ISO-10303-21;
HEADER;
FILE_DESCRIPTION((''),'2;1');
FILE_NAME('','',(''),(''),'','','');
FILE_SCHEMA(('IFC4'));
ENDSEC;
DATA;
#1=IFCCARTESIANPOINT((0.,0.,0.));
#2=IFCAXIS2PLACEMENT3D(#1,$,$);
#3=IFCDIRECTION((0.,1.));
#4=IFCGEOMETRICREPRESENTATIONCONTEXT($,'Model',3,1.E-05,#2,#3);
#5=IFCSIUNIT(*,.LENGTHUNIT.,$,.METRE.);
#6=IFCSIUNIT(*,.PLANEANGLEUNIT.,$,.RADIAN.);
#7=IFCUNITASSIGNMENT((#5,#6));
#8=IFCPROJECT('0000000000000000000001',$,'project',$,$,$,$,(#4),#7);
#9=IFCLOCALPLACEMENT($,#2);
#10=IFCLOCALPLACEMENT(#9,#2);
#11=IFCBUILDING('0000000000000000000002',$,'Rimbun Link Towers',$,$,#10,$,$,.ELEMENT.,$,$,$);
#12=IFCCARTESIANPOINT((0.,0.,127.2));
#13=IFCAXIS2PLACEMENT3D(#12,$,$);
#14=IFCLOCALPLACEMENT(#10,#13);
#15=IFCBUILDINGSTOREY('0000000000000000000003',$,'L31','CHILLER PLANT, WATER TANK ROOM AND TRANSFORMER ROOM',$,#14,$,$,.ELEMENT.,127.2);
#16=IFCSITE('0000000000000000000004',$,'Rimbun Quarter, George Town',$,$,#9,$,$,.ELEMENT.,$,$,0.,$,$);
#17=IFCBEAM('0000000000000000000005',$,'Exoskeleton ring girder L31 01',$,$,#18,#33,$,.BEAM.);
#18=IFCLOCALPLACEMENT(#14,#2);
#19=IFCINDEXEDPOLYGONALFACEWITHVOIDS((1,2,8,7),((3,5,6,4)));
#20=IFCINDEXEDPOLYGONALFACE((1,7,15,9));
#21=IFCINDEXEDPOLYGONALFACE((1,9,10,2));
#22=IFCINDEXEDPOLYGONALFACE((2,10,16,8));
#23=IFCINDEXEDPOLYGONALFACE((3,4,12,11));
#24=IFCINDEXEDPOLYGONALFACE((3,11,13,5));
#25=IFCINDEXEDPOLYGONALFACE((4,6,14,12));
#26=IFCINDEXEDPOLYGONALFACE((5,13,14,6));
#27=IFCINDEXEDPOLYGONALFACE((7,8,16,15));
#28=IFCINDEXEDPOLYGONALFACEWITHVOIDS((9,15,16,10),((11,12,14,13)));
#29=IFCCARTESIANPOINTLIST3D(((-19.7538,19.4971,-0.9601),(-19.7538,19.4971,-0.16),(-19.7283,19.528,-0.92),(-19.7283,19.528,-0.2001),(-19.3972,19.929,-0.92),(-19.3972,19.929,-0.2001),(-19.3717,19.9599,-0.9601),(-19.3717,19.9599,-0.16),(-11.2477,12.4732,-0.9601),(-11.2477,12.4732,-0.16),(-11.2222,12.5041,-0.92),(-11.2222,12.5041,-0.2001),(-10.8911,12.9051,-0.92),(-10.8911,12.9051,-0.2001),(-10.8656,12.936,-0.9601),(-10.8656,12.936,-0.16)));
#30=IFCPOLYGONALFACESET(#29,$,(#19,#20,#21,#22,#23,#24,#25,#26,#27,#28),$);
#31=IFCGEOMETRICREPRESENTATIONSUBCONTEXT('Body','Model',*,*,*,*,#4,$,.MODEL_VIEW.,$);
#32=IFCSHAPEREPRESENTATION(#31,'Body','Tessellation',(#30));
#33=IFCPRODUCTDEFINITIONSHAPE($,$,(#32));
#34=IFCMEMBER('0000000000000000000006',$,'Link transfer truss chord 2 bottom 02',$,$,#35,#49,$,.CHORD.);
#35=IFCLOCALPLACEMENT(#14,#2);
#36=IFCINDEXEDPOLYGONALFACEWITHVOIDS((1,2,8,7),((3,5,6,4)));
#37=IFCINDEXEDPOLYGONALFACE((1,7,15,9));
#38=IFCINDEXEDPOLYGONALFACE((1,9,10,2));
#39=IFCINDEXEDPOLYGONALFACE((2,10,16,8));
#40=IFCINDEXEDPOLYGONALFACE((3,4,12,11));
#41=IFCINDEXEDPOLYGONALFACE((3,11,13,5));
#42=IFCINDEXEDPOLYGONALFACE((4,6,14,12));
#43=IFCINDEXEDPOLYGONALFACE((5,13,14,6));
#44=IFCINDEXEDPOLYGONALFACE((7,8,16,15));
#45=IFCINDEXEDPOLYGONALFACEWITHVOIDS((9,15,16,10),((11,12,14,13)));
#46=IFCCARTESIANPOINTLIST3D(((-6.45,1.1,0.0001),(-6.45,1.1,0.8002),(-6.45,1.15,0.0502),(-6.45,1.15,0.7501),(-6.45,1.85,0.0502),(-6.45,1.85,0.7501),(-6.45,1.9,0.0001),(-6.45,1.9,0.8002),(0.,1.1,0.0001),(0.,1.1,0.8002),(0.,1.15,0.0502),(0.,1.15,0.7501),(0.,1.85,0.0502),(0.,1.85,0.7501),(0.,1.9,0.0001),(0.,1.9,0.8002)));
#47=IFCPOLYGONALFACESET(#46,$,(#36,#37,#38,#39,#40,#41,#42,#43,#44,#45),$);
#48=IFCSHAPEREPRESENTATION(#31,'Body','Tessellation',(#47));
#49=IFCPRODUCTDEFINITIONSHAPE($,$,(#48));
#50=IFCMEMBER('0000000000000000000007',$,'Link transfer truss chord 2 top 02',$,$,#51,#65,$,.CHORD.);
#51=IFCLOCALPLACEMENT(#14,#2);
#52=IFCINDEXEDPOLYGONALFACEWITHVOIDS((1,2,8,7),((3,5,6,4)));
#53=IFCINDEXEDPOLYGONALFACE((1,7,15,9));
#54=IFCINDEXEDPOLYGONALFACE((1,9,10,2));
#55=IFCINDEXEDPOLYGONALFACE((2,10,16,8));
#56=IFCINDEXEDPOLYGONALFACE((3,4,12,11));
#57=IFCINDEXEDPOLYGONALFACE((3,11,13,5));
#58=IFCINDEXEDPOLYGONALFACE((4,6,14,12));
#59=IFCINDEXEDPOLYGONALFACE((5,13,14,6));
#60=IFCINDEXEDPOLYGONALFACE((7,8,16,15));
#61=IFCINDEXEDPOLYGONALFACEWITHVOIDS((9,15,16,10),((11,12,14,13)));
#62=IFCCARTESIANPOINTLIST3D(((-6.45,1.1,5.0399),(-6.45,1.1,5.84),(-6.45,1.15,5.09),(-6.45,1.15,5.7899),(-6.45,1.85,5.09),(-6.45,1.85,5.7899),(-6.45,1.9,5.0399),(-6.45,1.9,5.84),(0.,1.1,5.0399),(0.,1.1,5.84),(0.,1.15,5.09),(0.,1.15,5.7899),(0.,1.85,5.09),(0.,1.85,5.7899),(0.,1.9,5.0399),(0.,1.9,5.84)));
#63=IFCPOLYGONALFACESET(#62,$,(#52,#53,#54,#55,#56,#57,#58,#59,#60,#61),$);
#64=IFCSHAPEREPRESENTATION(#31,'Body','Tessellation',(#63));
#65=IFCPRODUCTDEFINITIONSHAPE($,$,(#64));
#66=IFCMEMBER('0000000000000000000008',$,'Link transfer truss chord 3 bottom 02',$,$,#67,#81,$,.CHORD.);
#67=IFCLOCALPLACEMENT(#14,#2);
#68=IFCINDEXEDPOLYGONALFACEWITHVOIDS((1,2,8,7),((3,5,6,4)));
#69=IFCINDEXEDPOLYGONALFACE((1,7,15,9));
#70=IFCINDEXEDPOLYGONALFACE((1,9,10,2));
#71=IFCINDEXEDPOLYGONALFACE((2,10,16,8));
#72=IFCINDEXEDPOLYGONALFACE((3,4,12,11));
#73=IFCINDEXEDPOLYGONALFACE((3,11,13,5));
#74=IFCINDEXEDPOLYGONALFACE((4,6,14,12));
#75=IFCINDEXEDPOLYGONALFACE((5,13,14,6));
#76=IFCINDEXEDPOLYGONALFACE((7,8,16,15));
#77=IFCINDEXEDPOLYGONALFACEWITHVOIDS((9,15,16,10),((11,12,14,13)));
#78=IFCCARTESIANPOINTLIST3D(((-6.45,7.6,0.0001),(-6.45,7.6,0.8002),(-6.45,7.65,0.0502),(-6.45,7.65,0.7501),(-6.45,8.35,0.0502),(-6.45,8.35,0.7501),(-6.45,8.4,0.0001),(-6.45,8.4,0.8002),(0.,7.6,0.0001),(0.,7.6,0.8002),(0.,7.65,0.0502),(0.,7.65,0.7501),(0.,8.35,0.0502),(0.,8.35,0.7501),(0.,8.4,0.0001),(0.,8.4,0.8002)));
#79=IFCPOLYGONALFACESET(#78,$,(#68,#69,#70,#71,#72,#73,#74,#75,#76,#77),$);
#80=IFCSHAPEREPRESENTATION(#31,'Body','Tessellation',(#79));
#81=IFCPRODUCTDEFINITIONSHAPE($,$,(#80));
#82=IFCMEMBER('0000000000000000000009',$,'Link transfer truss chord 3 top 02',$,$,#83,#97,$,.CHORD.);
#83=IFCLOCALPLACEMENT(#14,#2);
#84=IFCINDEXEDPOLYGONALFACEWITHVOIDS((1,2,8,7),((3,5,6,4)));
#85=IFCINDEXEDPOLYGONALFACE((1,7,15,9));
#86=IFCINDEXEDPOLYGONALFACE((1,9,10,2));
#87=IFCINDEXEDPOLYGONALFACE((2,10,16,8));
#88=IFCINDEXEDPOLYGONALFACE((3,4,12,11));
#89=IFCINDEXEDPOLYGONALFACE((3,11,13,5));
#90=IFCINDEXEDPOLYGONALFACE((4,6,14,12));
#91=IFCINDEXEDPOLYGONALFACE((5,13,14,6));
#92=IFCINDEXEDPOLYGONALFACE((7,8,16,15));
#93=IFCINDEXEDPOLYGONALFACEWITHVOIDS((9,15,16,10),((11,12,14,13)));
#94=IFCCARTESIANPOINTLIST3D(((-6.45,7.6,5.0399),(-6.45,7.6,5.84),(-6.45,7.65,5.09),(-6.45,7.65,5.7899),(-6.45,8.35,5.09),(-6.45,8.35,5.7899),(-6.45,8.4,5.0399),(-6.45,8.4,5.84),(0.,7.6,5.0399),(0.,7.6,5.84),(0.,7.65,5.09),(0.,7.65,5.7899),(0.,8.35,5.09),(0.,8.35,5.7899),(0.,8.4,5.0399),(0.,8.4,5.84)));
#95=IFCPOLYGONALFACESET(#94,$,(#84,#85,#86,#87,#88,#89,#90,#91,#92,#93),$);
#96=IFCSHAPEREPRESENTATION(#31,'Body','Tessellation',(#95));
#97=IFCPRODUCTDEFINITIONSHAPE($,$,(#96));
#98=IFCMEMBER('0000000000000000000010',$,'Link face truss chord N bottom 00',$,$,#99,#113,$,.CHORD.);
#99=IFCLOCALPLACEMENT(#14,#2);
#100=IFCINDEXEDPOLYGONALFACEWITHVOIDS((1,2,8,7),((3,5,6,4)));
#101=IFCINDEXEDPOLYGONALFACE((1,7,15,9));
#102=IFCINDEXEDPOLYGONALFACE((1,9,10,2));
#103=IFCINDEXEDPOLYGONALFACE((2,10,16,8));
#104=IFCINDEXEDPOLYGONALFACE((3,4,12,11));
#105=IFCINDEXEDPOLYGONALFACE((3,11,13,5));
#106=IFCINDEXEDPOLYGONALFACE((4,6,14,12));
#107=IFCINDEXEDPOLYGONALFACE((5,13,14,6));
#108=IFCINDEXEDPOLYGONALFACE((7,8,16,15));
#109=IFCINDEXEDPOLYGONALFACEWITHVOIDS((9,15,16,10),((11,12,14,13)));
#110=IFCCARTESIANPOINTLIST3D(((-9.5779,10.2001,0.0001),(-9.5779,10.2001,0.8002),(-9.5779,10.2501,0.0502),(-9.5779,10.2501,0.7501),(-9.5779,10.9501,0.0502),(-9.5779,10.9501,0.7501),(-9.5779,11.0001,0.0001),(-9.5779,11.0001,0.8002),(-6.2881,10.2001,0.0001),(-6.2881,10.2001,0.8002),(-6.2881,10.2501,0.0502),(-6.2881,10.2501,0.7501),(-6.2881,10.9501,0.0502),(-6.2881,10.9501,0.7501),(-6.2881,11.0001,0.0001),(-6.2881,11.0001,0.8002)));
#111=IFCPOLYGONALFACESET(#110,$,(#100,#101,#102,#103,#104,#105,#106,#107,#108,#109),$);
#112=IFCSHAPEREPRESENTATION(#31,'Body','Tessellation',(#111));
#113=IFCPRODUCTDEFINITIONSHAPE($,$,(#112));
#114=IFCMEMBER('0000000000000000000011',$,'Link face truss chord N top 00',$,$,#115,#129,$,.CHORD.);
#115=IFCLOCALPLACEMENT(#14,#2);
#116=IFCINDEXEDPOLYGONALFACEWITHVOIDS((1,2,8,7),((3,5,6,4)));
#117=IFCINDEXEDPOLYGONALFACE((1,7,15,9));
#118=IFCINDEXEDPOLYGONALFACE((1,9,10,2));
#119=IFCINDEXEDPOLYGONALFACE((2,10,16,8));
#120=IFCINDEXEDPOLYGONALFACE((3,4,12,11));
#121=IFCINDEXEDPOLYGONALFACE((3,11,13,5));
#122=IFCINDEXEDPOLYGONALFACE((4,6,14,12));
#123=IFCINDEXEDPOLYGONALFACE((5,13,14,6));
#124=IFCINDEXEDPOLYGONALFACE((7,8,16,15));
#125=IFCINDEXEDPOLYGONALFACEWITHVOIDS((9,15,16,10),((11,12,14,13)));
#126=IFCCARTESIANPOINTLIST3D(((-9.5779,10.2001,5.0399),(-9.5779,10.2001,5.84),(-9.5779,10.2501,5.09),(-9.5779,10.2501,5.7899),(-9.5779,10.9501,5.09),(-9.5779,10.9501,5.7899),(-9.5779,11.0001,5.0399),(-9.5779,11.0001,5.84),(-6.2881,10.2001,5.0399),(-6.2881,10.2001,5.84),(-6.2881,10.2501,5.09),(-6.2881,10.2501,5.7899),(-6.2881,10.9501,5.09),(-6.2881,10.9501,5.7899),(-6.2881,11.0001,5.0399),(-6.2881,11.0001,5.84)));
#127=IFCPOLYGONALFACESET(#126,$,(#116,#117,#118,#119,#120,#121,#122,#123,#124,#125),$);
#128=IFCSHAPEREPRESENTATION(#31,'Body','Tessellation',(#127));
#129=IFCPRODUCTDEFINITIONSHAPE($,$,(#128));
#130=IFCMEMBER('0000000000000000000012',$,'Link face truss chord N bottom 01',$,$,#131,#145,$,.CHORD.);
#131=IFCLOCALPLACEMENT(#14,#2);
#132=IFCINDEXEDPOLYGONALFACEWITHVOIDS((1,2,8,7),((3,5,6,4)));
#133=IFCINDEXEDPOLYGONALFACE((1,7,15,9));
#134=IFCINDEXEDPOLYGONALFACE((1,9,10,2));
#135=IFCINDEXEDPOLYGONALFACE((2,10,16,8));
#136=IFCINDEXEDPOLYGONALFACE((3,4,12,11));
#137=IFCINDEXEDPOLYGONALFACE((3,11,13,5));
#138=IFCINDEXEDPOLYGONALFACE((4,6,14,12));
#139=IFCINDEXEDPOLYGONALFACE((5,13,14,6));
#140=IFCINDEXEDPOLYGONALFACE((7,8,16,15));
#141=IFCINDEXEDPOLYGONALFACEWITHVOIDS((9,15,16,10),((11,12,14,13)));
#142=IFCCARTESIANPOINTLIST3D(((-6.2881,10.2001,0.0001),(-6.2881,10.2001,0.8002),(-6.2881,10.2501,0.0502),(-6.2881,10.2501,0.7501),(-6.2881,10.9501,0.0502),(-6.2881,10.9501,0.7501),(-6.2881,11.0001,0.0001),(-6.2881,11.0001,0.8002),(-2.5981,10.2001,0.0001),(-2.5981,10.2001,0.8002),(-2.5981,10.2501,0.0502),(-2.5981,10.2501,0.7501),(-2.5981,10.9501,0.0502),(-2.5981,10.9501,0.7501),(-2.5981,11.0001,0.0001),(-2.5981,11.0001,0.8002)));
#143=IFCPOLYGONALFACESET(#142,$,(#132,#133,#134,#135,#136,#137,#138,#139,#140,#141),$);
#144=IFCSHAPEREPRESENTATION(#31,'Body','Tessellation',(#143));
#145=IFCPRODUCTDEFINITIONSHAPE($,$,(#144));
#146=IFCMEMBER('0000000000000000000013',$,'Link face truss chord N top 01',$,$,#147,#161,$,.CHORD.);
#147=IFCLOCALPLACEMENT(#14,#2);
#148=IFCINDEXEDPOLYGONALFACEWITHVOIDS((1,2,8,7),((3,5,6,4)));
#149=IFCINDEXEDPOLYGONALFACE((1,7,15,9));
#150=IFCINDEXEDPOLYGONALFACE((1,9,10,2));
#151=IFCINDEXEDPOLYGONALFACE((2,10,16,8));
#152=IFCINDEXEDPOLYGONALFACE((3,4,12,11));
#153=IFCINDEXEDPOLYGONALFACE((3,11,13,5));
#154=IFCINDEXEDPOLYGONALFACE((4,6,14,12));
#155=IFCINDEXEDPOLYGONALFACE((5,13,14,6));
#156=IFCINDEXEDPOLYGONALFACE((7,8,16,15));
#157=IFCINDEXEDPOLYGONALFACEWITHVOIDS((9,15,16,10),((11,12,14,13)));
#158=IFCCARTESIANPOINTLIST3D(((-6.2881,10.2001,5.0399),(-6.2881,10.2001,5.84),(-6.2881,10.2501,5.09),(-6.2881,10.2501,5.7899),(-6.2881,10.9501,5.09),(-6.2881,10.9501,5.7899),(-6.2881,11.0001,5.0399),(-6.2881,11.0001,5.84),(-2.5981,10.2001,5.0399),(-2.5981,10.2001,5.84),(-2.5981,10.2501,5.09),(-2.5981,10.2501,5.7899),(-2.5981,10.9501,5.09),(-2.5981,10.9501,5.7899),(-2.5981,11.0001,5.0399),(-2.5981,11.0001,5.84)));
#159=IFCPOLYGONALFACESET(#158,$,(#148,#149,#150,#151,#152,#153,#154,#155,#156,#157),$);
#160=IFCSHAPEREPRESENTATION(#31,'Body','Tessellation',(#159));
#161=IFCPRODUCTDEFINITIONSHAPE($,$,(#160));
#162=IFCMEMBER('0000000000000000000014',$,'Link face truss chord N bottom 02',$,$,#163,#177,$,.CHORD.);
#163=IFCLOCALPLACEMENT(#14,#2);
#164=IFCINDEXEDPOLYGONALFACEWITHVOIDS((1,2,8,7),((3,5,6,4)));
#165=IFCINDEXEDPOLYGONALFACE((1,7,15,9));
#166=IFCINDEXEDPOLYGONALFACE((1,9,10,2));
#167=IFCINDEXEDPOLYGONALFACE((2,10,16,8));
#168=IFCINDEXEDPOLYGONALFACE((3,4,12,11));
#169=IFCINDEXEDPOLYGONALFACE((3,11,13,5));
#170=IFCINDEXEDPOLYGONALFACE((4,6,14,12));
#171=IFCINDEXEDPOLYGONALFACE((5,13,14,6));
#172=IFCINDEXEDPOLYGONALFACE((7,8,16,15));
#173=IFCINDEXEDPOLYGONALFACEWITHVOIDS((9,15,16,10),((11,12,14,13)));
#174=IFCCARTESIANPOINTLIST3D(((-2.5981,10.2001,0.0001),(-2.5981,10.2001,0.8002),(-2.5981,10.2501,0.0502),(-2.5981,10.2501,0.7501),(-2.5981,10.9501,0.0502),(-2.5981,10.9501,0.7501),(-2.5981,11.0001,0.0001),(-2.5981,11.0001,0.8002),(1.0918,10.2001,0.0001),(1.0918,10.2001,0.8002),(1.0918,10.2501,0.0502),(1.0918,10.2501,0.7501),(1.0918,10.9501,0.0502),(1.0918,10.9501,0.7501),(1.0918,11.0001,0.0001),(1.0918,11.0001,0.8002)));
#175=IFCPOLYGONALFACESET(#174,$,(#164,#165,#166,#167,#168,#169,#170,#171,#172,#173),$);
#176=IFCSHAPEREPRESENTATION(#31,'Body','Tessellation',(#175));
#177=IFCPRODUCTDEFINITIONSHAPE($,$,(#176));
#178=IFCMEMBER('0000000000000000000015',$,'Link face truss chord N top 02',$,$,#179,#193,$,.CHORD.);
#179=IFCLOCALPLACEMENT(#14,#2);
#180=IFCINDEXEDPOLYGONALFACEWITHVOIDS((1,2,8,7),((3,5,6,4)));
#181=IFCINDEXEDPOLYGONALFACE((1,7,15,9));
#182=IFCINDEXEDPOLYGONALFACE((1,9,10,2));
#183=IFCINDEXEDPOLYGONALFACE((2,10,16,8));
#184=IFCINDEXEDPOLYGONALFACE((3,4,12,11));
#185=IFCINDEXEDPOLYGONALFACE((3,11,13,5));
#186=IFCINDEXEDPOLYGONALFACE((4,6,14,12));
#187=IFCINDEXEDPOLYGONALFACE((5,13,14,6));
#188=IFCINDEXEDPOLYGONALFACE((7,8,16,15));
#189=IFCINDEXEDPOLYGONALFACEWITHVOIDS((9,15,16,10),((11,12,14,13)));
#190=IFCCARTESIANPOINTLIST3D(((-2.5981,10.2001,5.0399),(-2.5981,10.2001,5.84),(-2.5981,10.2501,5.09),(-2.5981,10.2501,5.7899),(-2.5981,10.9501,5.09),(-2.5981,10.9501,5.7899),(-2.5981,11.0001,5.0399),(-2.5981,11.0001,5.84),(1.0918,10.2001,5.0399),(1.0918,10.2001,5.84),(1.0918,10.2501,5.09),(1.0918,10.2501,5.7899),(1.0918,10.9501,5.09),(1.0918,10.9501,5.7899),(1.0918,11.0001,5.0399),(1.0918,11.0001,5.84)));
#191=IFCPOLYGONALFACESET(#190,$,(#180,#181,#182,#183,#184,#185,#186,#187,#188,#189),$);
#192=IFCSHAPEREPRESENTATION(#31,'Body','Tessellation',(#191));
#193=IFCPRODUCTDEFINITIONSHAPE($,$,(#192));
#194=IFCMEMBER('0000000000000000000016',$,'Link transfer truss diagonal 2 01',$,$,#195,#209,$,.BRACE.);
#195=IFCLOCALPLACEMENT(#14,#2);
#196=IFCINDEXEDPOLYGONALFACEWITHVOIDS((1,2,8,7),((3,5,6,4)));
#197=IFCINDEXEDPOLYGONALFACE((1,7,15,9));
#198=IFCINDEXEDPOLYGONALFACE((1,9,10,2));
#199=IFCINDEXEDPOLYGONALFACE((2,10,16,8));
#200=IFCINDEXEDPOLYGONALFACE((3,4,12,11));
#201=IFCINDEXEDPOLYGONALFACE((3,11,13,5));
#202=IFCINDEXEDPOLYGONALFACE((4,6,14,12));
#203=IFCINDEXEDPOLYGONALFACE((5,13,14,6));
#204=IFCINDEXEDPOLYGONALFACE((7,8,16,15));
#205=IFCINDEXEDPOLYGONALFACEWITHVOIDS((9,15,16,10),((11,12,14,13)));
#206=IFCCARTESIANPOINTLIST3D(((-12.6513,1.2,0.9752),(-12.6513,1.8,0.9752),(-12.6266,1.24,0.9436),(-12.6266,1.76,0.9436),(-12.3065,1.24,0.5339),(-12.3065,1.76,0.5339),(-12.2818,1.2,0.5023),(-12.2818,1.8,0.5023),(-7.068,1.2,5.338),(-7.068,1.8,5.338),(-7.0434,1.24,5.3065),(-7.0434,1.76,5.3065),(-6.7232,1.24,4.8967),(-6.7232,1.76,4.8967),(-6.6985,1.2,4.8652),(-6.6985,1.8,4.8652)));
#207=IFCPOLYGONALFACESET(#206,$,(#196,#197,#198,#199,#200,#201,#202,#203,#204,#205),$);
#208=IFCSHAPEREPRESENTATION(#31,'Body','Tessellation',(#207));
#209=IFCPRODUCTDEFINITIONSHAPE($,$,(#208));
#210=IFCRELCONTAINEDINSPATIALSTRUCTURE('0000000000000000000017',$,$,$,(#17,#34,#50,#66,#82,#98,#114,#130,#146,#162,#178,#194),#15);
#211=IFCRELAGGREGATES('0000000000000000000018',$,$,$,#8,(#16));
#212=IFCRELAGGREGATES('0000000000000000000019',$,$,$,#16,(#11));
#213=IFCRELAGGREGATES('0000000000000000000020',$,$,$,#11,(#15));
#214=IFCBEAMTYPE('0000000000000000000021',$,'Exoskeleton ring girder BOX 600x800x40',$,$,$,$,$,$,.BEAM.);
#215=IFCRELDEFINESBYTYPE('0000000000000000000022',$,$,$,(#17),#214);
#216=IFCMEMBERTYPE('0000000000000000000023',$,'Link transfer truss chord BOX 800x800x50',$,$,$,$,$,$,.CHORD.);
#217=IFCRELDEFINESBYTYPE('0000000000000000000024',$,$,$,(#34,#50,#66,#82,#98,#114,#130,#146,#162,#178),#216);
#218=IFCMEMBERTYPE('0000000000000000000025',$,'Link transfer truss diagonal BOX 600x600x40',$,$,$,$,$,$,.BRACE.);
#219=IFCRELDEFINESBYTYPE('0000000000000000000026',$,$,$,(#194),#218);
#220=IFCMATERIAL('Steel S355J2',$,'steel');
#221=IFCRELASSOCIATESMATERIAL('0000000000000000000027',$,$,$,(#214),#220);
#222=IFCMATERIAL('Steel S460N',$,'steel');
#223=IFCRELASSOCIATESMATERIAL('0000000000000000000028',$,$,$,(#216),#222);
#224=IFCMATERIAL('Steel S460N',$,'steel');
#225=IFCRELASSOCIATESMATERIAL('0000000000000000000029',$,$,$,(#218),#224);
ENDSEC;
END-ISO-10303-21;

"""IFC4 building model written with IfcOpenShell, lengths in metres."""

from ifc_helpers import new_model, si_unit, direction, frame, origin, origin_2d, place, context, subcontext, project, spatial, hollow_rectangle, extrude, material, material_profile, profile_set, type_object, element, save


model = new_model("IFC4")

# Units and contexts
model_context = context("Model", 3, precision=1e-05, world=origin(), true_north=direction((0.0, 1.0)))
body_context = subcontext(model_context, "Body", "Model", "MODEL_VIEW")
ifc_project = project(units=[si_unit("LENGTHUNIT", "METRE"), si_unit("PLANEANGLEUNIT", "RADIAN")], contexts=[model_context])

# Site, building, storey
site_placement = place(None, origin())
site = spatial("IfcSite", under=ifc_project, at=site_placement, Name="Rimbun Quarter, George Town", CompositionType="ELEMENT", RefElevation=0.0)
building_placement = place(site_placement, origin())
building = spatial("IfcBuilding", under=site, at=building_placement, Name="Rimbun Link Towers", CompositionType="ELEMENT")
storey_placement = place(building_placement, frame((0.0, 0.0, 127.2)))
storey = spatial("IfcBuildingStorey", under=building, at=storey_placement, Name="L31", Description="CHILLER PLANT, WATER TANK ROOM AND TRANSFORMER ROOM", CompositionType="ELEMENT", Elevation=127.2)

# Beam
ifc_material_1 = material(Name="Steel S355J2", Category="steel")
ifc_material_profile_1 = material_profile(ifc_material_1, hollow_rectangle(XDim=0.6001, YDim=0.8, WallThickness=0.04, at=origin_2d()), Name="Exoskeleton ring girder BOX 600x800x40")
ifc_profile_set_1 = profile_set([ifc_material_profile_1], Name="Steel S355J2")
beam_type_1 = type_object("IfcBeamType", Name="Exoskeleton ring girder BOX 600x800x40", PredefinedType="BEAM", material=ifc_profile_set_1)
beam_1_placement = place(storey_placement, frame((-11.0566, 12.7046, -0.5601), z_axis=(-0.771089, 0.636728, 0.0), x_axis=(-0.636728, -0.771089, 0.0)))
element("IfcBeam", 1, at=beam_1_placement, inside=storey, type_object=beam_type_1, Name="Exoskeleton ring girder L31 01", PredefinedType="BEAM", context=body_context, shape_type="SweptSolid", body=[
    extrude(hollow_rectangle(XDim=0.6001, YDim=0.8, WallThickness=0.04, at=origin_2d()), origin(), (0.0, 0.0, 1.0), 11.0312),
])

# Members
ifc_material_2 = material(Name="Steel S460N", Category="steel")
ifc_material_profile_2 = material_profile(ifc_material_2, hollow_rectangle(XDim=0.8, YDim=0.8, WallThickness=0.05, at=origin_2d()), Name="Link transfer truss chord BOX 800x800x50")
ifc_profile_set_2 = profile_set([ifc_material_profile_2], Name="Steel S460N")
member_type_1 = type_object("IfcMemberType", Name="Link transfer truss chord BOX 800x800x50", PredefinedType="CHORD", material=ifc_profile_set_2)
for number, where, z_axis, x_axis, name in (
    (2, (-6.45, 1.5, 0.4001), (1.0, 0.0, 0.0), (0.0, 1.0, 0.0), "Link transfer truss chord 2 bottom 02"),
    (3, (-6.45, 1.5, 5.4399), (1.0, 0.0, 0.0), (0.0, 1.0, 0.0), "Link transfer truss chord 2 top 02"),
    (4, (-6.45, 8.0, 0.4001), (1.0, 0.0, 0.0), (0.0, 1.0, 0.0), "Link transfer truss chord 3 bottom 02"),
    (5, (-6.45, 8.0, 5.4399), (1.0, 0.0, 0.0), (0.0, 1.0, 0.0), "Link transfer truss chord 3 top 02"),
):
    element("IfcMember", number, at=place(storey_placement, frame(where, z_axis=z_axis, x_axis=x_axis)), inside=storey, type_object=member_type_1, Name=name, PredefinedType="CHORD", context=body_context, shape_type="SweptSolid", body=[
        extrude(hollow_rectangle(XDim=0.8, YDim=0.8, WallThickness=0.05, at=origin_2d()), origin(), (0.0, 0.0, 1.0), 6.45),
    ])
for number, where, z_axis, x_axis, name in (
    (6, (-9.5779, 10.6001, 0.4001), (1.0, 0.0, 0.0), (0.0, 1.0, 0.0), "Link face truss chord N bottom 00"),
    (7, (-9.5779, 10.6001, 5.4399), (1.0, 0.0, 0.0), (0.0, 1.0, 0.0), "Link face truss chord N top 00"),
):
    element("IfcMember", number, at=place(storey_placement, frame(where, z_axis=z_axis, x_axis=x_axis)), inside=storey, type_object=member_type_1, Name=name, PredefinedType="CHORD", context=body_context, shape_type="SweptSolid", body=[
        extrude(hollow_rectangle(XDim=0.8, YDim=0.8, WallThickness=0.05, at=origin_2d()), origin(), (0.0, 0.0, 1.0), 3.2898),
    ])
for number, where, z_axis, x_axis, name in (
    (8, (-6.2881, 10.6001, 0.4001), (1.0, 0.0, 0.0), (0.0, 1.0, 0.0), "Link face truss chord N bottom 01"),
    (9, (-6.2881, 10.6001, 5.4399), (1.0, 0.0, 0.0), (0.0, 1.0, 0.0), "Link face truss chord N top 01"),
    (10, (-2.5981, 10.6001, 0.4001), (1.0, 0.0, 0.0), (0.0, 1.0, 0.0), "Link face truss chord N bottom 02"),
    (11, (-2.5981, 10.6001, 5.4399), (1.0, 0.0, 0.0), (0.0, 1.0, 0.0), "Link face truss chord N top 02"),
):
    element("IfcMember", number, at=place(storey_placement, frame(where, z_axis=z_axis, x_axis=x_axis)), inside=storey, type_object=member_type_1, Name=name, PredefinedType="CHORD", context=body_context, shape_type="SweptSolid", body=[
        extrude(hollow_rectangle(XDim=0.8, YDim=0.8, WallThickness=0.05, at=origin_2d()), origin(), (0.0, 0.0, 1.0), 3.6899),
    ])
ifc_material_3 = material(Name="Steel S460N", Category="steel")
ifc_material_profile_3 = material_profile(ifc_material_3, hollow_rectangle(XDim=0.6001, YDim=0.6001, WallThickness=0.04, at=origin_2d()), Name="Link transfer truss diagonal BOX 600x600x40")
ifc_profile_set_3 = profile_set([ifc_material_profile_3], Name="Steel S460N")
member_type_2 = type_object("IfcMemberType", Name="Link transfer truss diagonal BOX 600x600x40", PredefinedType="BRACE", material=ifc_profile_set_3)
for number, where, z_axis, x_axis, name in (
    (12, (-12.4666, 1.5, 0.7388), (0.787964, 0.0, 0.615721), (0.0, 1.0, 0.0), "Link transfer truss diagonal 2 01"),
):
    element("IfcMember", number, at=place(storey_placement, frame(where, z_axis=z_axis, x_axis=x_axis)), inside=storey, type_object=member_type_2, Name=name, PredefinedType="BRACE", context=body_context, shape_type="SweptSolid", body=[
        extrude(hollow_rectangle(XDim=0.6001, YDim=0.6001, WallThickness=0.04, at=origin_2d()), origin(), (0.0, 0.0, 1.0), 7.0857),
    ])

save(model, "model.ifc")
